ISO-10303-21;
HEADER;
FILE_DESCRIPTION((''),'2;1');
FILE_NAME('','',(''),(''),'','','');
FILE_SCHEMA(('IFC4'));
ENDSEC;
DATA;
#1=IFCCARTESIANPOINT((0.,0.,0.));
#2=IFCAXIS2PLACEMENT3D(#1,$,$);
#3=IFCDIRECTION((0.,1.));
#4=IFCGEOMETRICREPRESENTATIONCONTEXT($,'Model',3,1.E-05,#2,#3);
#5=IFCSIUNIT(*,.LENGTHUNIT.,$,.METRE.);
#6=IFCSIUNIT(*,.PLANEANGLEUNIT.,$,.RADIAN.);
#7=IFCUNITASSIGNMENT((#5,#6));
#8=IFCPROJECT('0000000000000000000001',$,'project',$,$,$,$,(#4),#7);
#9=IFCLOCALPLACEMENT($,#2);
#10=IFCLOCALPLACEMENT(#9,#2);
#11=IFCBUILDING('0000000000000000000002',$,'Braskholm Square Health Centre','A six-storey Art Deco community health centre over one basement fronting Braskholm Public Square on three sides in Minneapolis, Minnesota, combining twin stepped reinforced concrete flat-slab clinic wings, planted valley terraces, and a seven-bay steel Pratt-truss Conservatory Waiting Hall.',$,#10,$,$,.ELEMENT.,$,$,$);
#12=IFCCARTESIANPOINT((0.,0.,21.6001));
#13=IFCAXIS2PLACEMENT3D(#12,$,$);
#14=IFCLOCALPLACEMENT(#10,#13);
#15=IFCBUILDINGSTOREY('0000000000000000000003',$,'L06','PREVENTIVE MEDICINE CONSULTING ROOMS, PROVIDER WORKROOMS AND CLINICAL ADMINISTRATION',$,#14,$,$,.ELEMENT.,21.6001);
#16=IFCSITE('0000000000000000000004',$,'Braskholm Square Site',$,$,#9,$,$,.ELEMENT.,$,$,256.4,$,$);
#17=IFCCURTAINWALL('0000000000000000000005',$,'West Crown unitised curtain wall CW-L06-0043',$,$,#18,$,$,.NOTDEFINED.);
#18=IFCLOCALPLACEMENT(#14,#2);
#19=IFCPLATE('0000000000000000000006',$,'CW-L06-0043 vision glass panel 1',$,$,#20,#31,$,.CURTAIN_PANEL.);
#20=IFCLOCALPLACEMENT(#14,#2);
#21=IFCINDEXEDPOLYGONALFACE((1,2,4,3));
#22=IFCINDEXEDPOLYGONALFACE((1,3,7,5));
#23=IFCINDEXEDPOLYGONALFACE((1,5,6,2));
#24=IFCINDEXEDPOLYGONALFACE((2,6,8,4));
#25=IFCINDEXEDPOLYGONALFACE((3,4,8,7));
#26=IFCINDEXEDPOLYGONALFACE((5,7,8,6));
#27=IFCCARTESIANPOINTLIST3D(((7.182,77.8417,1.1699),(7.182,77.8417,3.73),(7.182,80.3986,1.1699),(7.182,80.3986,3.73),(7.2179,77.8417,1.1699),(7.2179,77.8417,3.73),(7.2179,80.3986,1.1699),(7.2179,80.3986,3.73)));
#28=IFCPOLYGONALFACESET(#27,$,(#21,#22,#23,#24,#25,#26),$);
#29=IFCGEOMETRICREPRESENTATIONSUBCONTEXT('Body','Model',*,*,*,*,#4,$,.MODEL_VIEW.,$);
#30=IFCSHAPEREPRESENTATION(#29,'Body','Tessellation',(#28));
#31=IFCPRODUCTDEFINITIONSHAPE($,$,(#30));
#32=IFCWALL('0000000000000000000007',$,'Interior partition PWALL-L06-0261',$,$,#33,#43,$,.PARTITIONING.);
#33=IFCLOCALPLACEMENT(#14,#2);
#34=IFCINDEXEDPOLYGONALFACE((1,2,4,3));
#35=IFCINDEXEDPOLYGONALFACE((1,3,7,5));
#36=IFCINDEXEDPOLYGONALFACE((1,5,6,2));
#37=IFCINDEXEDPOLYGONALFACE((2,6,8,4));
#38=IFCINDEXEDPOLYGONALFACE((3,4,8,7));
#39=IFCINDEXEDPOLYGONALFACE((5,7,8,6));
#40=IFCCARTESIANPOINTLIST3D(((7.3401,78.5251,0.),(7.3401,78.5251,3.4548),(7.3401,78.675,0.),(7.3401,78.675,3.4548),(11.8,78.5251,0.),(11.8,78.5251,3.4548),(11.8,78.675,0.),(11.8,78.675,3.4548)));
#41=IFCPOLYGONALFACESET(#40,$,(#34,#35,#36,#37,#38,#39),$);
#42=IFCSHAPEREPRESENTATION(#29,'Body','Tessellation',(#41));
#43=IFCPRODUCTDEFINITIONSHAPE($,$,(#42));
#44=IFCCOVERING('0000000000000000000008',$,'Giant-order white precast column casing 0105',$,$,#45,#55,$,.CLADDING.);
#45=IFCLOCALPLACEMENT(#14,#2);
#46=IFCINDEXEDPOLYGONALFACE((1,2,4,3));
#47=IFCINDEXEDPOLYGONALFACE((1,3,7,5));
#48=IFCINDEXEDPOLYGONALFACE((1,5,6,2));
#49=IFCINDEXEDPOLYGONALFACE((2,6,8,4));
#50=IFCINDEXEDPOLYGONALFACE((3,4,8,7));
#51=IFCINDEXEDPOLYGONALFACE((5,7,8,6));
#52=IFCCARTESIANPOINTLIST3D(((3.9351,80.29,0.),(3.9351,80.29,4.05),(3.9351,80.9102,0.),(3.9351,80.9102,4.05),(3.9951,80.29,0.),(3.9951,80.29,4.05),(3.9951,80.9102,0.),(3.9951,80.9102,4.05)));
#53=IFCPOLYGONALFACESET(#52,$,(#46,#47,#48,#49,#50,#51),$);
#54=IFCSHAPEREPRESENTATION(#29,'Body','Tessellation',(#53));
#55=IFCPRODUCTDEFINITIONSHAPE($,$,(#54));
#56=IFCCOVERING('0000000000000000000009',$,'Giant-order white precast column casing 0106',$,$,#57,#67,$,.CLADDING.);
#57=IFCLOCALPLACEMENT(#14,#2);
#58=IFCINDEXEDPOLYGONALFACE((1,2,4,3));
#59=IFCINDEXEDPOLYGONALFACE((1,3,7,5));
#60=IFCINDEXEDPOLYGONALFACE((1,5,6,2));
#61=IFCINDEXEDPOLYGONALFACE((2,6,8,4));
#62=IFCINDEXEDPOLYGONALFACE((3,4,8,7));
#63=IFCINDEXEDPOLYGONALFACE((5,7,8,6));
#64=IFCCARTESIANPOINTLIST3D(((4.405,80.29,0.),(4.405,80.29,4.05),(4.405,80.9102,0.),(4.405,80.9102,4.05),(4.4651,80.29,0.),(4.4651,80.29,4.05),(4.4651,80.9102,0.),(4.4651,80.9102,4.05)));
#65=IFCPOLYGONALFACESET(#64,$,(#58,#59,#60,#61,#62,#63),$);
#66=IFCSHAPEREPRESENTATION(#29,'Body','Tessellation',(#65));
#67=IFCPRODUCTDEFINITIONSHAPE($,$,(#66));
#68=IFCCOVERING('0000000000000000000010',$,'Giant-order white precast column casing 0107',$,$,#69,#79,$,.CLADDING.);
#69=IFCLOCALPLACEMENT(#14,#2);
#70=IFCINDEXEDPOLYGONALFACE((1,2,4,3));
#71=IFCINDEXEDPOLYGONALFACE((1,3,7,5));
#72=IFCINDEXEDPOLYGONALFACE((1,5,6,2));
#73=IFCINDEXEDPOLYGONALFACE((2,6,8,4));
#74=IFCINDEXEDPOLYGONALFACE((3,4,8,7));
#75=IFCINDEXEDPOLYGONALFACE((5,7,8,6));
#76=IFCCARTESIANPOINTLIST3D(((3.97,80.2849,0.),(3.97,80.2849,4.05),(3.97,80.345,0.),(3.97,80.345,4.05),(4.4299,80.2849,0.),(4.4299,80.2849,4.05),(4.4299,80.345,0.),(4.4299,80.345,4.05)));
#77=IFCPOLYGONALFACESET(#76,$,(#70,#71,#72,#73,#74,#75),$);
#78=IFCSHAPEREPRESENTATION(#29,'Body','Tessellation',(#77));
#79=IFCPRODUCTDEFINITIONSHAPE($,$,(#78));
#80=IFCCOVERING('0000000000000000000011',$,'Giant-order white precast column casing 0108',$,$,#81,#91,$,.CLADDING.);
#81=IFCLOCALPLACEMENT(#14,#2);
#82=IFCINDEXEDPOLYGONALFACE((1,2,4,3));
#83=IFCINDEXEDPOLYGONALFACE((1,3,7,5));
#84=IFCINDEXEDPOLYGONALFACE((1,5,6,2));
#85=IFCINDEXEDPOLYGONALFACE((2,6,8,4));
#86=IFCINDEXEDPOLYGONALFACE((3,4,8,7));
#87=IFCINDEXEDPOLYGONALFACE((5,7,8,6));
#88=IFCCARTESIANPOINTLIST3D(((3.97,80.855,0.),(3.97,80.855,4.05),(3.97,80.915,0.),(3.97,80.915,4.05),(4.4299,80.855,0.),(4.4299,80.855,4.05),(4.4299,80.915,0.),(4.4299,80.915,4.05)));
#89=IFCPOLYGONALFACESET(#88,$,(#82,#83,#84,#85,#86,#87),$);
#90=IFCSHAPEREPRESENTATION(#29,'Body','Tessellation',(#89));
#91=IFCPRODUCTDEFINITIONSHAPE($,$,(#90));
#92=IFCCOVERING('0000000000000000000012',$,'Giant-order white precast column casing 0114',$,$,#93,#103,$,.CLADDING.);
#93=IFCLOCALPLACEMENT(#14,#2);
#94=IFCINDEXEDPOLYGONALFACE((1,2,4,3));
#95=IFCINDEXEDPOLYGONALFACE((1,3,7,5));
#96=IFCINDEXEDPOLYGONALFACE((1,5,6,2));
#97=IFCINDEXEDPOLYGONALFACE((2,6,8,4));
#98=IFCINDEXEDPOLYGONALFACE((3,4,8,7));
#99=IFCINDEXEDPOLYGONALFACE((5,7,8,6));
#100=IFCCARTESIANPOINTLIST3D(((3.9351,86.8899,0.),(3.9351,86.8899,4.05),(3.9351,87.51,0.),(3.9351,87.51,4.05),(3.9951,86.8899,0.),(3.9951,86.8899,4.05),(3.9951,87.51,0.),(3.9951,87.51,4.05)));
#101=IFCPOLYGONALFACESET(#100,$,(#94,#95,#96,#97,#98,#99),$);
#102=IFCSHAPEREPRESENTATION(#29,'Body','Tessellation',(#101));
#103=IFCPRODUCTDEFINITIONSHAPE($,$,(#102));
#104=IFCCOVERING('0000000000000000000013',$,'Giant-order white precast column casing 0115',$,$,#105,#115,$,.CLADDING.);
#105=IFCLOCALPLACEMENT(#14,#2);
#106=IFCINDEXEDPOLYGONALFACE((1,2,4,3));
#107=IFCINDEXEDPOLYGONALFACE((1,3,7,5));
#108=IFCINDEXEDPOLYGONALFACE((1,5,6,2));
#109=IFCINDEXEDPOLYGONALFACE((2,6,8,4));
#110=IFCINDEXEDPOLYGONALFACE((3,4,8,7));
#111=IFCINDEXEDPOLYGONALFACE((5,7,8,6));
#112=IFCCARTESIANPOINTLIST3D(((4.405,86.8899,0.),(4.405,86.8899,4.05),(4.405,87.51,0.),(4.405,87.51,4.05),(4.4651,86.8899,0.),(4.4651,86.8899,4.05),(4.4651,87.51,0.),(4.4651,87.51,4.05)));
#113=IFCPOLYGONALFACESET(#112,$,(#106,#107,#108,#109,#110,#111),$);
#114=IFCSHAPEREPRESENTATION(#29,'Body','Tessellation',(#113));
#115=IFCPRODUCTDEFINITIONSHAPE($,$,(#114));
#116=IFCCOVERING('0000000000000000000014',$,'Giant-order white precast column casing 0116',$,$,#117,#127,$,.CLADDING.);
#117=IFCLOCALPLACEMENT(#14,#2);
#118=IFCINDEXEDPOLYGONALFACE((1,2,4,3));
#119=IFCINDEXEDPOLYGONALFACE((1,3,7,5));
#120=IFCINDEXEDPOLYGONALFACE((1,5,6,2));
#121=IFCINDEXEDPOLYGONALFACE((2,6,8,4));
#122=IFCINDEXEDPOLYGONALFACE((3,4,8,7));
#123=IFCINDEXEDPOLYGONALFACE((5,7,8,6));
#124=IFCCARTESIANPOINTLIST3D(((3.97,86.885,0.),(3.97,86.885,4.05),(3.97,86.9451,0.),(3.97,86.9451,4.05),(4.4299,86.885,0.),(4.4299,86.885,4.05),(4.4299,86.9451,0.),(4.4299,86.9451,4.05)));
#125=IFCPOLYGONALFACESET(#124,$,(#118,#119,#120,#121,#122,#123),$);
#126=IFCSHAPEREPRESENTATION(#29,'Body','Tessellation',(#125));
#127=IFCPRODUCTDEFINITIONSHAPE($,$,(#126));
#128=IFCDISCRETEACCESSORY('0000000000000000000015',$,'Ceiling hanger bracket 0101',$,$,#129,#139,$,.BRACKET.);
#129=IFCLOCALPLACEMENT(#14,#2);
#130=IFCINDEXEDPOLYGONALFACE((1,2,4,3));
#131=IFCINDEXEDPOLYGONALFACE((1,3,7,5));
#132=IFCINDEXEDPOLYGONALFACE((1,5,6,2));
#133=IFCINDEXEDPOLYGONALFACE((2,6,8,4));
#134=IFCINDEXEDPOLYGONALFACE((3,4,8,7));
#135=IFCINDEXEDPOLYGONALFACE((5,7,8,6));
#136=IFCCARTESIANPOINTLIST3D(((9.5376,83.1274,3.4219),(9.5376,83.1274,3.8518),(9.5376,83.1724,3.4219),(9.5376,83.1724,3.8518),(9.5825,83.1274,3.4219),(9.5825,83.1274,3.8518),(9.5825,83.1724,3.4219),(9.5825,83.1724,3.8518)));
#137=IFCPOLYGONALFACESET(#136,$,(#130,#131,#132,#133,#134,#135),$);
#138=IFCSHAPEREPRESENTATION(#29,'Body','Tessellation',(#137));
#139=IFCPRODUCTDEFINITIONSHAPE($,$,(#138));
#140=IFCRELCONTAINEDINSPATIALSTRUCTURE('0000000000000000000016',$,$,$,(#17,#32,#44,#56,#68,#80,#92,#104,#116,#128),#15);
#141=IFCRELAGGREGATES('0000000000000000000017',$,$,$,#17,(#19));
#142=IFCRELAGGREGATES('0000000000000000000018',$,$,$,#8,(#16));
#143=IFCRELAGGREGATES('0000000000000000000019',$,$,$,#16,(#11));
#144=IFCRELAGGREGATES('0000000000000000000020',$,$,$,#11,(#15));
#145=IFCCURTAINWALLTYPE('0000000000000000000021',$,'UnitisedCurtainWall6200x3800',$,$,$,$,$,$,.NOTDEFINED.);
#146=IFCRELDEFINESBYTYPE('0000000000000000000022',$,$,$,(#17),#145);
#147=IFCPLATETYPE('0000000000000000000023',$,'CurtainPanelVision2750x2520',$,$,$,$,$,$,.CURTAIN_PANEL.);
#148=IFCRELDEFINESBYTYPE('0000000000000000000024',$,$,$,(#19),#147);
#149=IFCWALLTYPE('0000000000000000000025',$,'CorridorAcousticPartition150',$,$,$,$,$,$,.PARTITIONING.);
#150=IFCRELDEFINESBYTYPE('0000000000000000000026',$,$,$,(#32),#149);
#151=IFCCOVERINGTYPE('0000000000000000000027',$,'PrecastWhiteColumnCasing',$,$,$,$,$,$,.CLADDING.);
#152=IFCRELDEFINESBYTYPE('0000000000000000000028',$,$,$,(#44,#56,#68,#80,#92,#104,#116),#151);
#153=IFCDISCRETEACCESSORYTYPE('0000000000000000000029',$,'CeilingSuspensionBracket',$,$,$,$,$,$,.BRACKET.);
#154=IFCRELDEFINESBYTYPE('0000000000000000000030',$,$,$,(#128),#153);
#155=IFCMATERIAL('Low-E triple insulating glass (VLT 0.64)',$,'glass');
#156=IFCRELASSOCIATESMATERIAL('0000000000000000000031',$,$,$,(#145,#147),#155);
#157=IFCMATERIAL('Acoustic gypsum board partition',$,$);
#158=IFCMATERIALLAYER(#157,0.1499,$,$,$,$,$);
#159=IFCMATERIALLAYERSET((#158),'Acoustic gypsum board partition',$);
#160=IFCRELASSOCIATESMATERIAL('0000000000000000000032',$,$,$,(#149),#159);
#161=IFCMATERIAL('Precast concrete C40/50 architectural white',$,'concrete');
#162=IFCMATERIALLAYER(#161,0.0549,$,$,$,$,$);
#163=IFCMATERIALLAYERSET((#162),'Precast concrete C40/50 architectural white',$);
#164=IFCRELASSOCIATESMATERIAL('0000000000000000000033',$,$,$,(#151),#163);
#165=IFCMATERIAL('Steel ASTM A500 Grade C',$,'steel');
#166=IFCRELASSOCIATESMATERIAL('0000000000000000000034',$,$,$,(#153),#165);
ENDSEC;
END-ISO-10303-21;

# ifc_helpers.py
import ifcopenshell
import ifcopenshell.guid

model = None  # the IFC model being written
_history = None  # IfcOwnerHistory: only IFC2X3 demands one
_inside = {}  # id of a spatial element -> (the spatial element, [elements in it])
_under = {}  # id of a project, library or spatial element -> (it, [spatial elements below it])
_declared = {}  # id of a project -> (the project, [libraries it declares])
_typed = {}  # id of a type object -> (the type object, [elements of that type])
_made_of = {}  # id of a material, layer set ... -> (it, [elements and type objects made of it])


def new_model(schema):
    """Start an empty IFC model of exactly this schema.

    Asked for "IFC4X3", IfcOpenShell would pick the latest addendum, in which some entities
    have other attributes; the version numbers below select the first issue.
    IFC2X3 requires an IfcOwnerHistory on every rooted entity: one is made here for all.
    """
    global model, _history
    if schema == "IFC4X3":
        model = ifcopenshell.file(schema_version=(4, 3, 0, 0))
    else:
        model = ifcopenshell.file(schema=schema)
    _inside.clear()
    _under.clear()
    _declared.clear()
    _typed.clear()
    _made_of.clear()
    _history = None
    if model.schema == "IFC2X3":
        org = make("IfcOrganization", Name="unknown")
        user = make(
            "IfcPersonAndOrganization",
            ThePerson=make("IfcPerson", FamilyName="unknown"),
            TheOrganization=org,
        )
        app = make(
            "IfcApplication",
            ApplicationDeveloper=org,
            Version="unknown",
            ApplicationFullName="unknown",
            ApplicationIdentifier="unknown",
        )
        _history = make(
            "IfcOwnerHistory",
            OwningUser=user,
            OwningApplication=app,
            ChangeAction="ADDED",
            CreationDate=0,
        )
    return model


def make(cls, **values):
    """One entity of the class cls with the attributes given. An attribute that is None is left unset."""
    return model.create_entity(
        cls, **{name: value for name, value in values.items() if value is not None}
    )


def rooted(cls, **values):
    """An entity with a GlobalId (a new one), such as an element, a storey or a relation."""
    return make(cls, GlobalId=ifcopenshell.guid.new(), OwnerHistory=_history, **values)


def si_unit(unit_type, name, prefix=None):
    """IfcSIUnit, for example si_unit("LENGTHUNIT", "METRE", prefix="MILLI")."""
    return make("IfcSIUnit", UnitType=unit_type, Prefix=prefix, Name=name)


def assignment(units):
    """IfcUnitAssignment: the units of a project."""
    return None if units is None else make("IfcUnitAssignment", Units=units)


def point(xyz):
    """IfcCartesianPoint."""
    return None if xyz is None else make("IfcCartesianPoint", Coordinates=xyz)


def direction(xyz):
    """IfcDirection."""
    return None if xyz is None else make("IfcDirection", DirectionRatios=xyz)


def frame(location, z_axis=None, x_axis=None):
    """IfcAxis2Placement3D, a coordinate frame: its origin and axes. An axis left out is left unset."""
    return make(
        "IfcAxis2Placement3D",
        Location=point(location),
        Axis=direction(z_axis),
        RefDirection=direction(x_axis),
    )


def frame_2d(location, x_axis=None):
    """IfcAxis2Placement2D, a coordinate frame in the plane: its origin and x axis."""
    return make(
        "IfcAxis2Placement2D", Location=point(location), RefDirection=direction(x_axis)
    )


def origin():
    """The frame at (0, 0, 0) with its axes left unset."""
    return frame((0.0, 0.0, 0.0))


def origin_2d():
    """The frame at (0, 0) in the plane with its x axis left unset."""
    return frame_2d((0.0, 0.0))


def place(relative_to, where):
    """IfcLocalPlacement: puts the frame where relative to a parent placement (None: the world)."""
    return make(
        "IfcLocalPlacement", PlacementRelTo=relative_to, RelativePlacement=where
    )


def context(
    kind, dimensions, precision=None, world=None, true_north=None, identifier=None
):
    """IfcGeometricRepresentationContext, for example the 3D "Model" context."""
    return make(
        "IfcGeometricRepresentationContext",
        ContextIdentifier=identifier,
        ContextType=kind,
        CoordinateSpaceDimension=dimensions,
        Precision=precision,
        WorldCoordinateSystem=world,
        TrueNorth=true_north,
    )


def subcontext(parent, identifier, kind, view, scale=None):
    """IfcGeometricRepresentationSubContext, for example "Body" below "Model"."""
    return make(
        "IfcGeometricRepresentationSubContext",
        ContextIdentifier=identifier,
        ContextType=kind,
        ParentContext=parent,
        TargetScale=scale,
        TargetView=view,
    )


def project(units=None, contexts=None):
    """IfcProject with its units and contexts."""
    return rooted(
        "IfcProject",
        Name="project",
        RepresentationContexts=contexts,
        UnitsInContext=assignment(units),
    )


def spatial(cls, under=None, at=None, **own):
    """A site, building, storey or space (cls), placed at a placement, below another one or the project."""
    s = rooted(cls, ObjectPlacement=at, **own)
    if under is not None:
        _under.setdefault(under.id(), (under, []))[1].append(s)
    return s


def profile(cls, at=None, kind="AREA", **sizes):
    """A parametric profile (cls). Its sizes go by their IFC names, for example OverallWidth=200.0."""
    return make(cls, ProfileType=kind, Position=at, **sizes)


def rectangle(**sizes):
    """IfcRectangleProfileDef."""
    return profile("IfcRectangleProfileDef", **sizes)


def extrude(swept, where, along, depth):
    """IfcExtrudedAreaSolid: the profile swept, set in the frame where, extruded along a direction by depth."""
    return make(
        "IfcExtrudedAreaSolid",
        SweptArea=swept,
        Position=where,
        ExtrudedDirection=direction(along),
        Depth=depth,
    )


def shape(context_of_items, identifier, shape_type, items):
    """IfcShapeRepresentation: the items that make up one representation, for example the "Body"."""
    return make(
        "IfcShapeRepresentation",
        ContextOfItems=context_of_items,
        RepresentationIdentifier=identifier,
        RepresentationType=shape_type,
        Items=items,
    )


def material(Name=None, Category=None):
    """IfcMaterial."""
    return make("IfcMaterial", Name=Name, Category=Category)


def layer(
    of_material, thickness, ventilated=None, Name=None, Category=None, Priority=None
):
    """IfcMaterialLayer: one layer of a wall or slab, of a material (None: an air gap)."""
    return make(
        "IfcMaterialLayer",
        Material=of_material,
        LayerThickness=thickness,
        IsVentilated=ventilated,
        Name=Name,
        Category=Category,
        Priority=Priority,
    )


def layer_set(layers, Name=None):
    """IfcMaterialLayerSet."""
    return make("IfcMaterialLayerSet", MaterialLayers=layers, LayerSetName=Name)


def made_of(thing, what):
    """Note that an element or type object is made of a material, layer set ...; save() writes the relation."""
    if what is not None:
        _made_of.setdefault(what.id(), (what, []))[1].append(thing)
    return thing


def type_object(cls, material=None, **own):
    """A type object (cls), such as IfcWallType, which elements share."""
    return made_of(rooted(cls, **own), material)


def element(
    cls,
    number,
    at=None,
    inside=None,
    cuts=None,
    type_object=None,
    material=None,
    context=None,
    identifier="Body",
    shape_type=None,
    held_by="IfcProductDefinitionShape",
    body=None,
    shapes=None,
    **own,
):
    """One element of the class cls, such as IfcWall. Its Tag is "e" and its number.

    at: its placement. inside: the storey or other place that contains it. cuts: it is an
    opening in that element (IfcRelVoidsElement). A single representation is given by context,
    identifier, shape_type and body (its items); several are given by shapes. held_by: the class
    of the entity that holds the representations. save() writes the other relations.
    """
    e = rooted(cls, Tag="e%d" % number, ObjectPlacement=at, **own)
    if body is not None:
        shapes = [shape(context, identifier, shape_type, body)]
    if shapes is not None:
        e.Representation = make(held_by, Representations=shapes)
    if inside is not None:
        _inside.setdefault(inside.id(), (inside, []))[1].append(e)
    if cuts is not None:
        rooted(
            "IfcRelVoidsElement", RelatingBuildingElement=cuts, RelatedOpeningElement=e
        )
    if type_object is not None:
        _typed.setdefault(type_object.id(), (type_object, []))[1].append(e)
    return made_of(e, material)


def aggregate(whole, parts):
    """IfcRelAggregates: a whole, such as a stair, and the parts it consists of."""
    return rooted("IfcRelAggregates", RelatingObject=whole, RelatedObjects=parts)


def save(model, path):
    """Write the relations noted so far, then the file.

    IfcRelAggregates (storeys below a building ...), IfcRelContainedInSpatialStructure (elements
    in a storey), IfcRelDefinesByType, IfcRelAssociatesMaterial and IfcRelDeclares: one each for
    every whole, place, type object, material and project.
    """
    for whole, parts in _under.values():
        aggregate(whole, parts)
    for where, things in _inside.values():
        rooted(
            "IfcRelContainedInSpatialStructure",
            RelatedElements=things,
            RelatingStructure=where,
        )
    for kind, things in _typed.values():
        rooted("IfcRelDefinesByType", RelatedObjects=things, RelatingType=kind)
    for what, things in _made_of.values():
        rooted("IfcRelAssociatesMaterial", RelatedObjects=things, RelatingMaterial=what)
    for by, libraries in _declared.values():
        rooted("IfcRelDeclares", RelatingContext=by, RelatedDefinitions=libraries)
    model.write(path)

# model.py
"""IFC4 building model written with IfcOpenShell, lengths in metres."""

from ifc_helpers import new_model, si_unit, direction, frame, frame_2d, origin, origin_2d, place, context, subcontext, project, spatial, rectangle, extrude, material, layer, layer_set, type_object, element, aggregate, save


model = new_model("IFC4")

# Units and contexts
model_context = context("Model", 3, precision=1e-05, world=origin(), true_north=direction((0.0, 1.0)))
body_context = subcontext(model_context, "Body", "Model", "MODEL_VIEW")
ifc_project = project(units=[si_unit("LENGTHUNIT", "METRE"), si_unit("PLANEANGLEUNIT", "RADIAN")], contexts=[model_context])

# Site, building, storey
site_placement = place(None, origin())
site = spatial("IfcSite", under=ifc_project, at=site_placement, Name="Braskholm Square Site", CompositionType="ELEMENT", RefElevation=256.4)
building_placement = place(site_placement, origin())
building = spatial("IfcBuilding", under=site, at=building_placement, Name="Braskholm Square Health Centre", Description="A six-storey Art Deco community health centre over one basement fronting Braskholm Public Square on three sides in Minneapolis, Minnesota, combining twin stepped reinforced concrete flat-slab clinic wings, planted valley terraces, and a seven-bay steel Pratt-truss Conservatory Waiting Hall.", CompositionType="ELEMENT")
storey_placement = place(building_placement, frame((0.0, 0.0, 21.6001)))
storey = spatial("IfcBuildingStorey", under=building, at=storey_placement, Name="L06", Description="PREVENTIVE MEDICINE CONSULTING ROOMS, PROVIDER WORKROOMS AND CLINICAL ADMINISTRATION", CompositionType="ELEMENT", Elevation=21.6001)

# Shared definitions
ifc_material_1 = material(Name="Precast concrete C40/50 architectural white", Category="concrete")

# Curtain wall
ifc_material_2 = material(Name="Low-E triple insulating glass (VLT 0.64)", Category="glass")
curtain_wall_type = type_object("IfcCurtainWallType", Name="UnitisedCurtainWall6200x3800", PredefinedType="NOTDEFINED", material=ifc_material_2)
curtain_wall_placement = place(storey_placement, origin())
curtain_wall = element("IfcCurtainWall", 1, at=curtain_wall_placement, inside=storey, type_object=curtain_wall_type, Name="West Crown unitised curtain wall CW-L06-0043", PredefinedType="NOTDEFINED")

# Plate
plate_type_1 = type_object("IfcPlateType", Name="CurtainPanelVision2750x2520", PredefinedType="CURTAIN_PANEL", material=ifc_material_2)
plate_1_placement = place(storey_placement, frame((7.2, 79.1201, 1.1699), z_axis=(0.0, 0.0, 1.0), x_axis=(0.0, -1.0, 0.0)))
plate_1 = element("IfcPlate", 2, at=plate_1_placement, type_object=plate_type_1, Name="CW-L06-0043 vision glass panel 1", PredefinedType="CURTAIN_PANEL", context=body_context, shape_type="SweptSolid", body=[
    extrude(rectangle(XDim=2.5569, YDim=0.0359, at=origin_2d()), origin(), (0.0, 0.0, 1.0), 2.5601),
])
aggregate(curtain_wall, [plate_1])

# Wall
ifc_material_3 = material(Name="Acoustic gypsum board partition")
ifc_layer_1 = layer(ifc_material_3, 0.1499)
ifc_layer_set_1 = layer_set([ifc_layer_1], Name="Acoustic gypsum board partition")
wall_type = type_object("IfcWallType", Name="CorridorAcousticPartition150", PredefinedType="PARTITIONING", material=ifc_layer_set_1)
wall_placement = place(storey_placement, frame((7.3401, 78.6001, 0.0), z_axis=(0.0, 0.0, 1.0), x_axis=(1.0, 0.0, 0.0)))
element("IfcWall", 3, at=wall_placement, inside=storey, type_object=wall_type, Name="Interior partition PWALL-L06-0261", PredefinedType="PARTITIONING", context=body_context, shape_type="SweptSolid", body=[
    extrude(rectangle(XDim=4.46, YDim=0.1499, at=frame_2d((2.23, 0.0))), origin(), (0.0, 0.0, 1.0), 3.4548),
])

# Coverings
ifc_layer_2 = layer(ifc_material_1, 0.0549)
ifc_layer_set_2 = layer_set([ifc_layer_2], Name="Precast concrete C40/50 architectural white")
covering_type = type_object("IfcCoveringType", Name="PrecastWhiteColumnCasing", PredefinedType="CLADDING", material=ifc_layer_set_2)
for number, where, z_axis, x_axis, name in (
    (4, (3.9651, 80.6001, 0.0), (0.0, 0.0, 1.0), (1.0, 0.0, 0.0), "Giant-order white precast column casing 0105"),
    (5, (4.4351, 80.6001, 0.0), (0.0, 0.0, 1.0), (1.0, 0.0, 0.0), "Giant-order white precast column casing 0106"),
):
    element("IfcCovering", number, at=place(storey_placement, frame(where, z_axis=z_axis, x_axis=x_axis)), inside=storey, type_object=covering_type, Name=name, PredefinedType="CLADDING", context=body_context, shape_type="SweptSolid", body=[
        extrude(rectangle(XDim=0.0601, YDim=0.6201, at=origin_2d()), origin(), (0.0, 0.0, 1.0), 4.05),
    ])
for number, where, z_axis, x_axis, name in (
    (6, (4.2, 80.3149, 0.0), (0.0, 0.0, 1.0), (1.0, 0.0, 0.0), "Giant-order white precast column casing 0107"),
    (7, (4.2, 80.885, 0.0), (0.0, 0.0, 1.0), (1.0, 0.0, 0.0), "Giant-order white precast column casing 0108"),
):
    element("IfcCovering", number, at=place(storey_placement, frame(where, z_axis=z_axis, x_axis=x_axis)), inside=storey, type_object=covering_type, Name=name, PredefinedType="CLADDING", context=body_context, shape_type="SweptSolid", body=[
        extrude(rectangle(XDim=0.46, YDim=0.0601, at=origin_2d()), origin(), (0.0, 0.0, 1.0), 4.05),
    ])
for number, where, z_axis, x_axis, name in (
    (8, (3.9651, 87.2, 0.0), (0.0, 0.0, 1.0), (1.0, 0.0, 0.0), "Giant-order white precast column casing 0114"),
    (9, (4.4351, 87.2, 0.0), (0.0, 0.0, 1.0), (1.0, 0.0, 0.0), "Giant-order white precast column casing 0115"),
):
    element("IfcCovering", number, at=place(storey_placement, frame(where, z_axis=z_axis, x_axis=x_axis)), inside=storey, type_object=covering_type, Name=name, PredefinedType="CLADDING", context=body_context, shape_type="SweptSolid", body=[
        extrude(rectangle(XDim=0.0601, YDim=0.6201, at=origin_2d()), origin(), (0.0, 0.0, 1.0), 4.05),
    ])
covering_placement = place(storey_placement, frame((4.2, 86.915, 0.0), z_axis=(0.0, 0.0, 1.0), x_axis=(1.0, 0.0, 0.0)))
element("IfcCovering", 10, at=covering_placement, inside=storey, type_object=covering_type, Name="Giant-order white precast column casing 0116", PredefinedType="CLADDING", context=body_context, shape_type="SweptSolid", body=[
    extrude(rectangle(XDim=0.46, YDim=0.0601, at=origin_2d()), origin(), (0.0, 0.0, 1.0), 4.05),
])

# Discrete accessory
ifc_material_4 = material(Name="Steel ASTM A500 Grade C", Category="steel")
discrete_accessory_type = type_object("IfcDiscreteAccessoryType", Name="CeilingSuspensionBracket", PredefinedType="BRACKET", material=ifc_material_4)
discrete_accessory_placement = place(storey_placement, frame((9.5601, 83.1499, 3.4219), z_axis=(0.0, 0.0, 1.0), x_axis=(1.0, 0.0, 0.0)))
element("IfcDiscreteAccessory", 11, at=discrete_accessory_placement, inside=storey, type_object=discrete_accessory_type, Name="Ceiling hanger bracket 0101", PredefinedType="BRACKET", context=body_context, shape_type="SweptSolid", body=[
    extrude(rectangle(XDim=0.0449, YDim=0.0449, at=origin_2d()), origin(), (0.0, 0.0, 1.0), 0.4299),
])

save(model, "model.ifc")
